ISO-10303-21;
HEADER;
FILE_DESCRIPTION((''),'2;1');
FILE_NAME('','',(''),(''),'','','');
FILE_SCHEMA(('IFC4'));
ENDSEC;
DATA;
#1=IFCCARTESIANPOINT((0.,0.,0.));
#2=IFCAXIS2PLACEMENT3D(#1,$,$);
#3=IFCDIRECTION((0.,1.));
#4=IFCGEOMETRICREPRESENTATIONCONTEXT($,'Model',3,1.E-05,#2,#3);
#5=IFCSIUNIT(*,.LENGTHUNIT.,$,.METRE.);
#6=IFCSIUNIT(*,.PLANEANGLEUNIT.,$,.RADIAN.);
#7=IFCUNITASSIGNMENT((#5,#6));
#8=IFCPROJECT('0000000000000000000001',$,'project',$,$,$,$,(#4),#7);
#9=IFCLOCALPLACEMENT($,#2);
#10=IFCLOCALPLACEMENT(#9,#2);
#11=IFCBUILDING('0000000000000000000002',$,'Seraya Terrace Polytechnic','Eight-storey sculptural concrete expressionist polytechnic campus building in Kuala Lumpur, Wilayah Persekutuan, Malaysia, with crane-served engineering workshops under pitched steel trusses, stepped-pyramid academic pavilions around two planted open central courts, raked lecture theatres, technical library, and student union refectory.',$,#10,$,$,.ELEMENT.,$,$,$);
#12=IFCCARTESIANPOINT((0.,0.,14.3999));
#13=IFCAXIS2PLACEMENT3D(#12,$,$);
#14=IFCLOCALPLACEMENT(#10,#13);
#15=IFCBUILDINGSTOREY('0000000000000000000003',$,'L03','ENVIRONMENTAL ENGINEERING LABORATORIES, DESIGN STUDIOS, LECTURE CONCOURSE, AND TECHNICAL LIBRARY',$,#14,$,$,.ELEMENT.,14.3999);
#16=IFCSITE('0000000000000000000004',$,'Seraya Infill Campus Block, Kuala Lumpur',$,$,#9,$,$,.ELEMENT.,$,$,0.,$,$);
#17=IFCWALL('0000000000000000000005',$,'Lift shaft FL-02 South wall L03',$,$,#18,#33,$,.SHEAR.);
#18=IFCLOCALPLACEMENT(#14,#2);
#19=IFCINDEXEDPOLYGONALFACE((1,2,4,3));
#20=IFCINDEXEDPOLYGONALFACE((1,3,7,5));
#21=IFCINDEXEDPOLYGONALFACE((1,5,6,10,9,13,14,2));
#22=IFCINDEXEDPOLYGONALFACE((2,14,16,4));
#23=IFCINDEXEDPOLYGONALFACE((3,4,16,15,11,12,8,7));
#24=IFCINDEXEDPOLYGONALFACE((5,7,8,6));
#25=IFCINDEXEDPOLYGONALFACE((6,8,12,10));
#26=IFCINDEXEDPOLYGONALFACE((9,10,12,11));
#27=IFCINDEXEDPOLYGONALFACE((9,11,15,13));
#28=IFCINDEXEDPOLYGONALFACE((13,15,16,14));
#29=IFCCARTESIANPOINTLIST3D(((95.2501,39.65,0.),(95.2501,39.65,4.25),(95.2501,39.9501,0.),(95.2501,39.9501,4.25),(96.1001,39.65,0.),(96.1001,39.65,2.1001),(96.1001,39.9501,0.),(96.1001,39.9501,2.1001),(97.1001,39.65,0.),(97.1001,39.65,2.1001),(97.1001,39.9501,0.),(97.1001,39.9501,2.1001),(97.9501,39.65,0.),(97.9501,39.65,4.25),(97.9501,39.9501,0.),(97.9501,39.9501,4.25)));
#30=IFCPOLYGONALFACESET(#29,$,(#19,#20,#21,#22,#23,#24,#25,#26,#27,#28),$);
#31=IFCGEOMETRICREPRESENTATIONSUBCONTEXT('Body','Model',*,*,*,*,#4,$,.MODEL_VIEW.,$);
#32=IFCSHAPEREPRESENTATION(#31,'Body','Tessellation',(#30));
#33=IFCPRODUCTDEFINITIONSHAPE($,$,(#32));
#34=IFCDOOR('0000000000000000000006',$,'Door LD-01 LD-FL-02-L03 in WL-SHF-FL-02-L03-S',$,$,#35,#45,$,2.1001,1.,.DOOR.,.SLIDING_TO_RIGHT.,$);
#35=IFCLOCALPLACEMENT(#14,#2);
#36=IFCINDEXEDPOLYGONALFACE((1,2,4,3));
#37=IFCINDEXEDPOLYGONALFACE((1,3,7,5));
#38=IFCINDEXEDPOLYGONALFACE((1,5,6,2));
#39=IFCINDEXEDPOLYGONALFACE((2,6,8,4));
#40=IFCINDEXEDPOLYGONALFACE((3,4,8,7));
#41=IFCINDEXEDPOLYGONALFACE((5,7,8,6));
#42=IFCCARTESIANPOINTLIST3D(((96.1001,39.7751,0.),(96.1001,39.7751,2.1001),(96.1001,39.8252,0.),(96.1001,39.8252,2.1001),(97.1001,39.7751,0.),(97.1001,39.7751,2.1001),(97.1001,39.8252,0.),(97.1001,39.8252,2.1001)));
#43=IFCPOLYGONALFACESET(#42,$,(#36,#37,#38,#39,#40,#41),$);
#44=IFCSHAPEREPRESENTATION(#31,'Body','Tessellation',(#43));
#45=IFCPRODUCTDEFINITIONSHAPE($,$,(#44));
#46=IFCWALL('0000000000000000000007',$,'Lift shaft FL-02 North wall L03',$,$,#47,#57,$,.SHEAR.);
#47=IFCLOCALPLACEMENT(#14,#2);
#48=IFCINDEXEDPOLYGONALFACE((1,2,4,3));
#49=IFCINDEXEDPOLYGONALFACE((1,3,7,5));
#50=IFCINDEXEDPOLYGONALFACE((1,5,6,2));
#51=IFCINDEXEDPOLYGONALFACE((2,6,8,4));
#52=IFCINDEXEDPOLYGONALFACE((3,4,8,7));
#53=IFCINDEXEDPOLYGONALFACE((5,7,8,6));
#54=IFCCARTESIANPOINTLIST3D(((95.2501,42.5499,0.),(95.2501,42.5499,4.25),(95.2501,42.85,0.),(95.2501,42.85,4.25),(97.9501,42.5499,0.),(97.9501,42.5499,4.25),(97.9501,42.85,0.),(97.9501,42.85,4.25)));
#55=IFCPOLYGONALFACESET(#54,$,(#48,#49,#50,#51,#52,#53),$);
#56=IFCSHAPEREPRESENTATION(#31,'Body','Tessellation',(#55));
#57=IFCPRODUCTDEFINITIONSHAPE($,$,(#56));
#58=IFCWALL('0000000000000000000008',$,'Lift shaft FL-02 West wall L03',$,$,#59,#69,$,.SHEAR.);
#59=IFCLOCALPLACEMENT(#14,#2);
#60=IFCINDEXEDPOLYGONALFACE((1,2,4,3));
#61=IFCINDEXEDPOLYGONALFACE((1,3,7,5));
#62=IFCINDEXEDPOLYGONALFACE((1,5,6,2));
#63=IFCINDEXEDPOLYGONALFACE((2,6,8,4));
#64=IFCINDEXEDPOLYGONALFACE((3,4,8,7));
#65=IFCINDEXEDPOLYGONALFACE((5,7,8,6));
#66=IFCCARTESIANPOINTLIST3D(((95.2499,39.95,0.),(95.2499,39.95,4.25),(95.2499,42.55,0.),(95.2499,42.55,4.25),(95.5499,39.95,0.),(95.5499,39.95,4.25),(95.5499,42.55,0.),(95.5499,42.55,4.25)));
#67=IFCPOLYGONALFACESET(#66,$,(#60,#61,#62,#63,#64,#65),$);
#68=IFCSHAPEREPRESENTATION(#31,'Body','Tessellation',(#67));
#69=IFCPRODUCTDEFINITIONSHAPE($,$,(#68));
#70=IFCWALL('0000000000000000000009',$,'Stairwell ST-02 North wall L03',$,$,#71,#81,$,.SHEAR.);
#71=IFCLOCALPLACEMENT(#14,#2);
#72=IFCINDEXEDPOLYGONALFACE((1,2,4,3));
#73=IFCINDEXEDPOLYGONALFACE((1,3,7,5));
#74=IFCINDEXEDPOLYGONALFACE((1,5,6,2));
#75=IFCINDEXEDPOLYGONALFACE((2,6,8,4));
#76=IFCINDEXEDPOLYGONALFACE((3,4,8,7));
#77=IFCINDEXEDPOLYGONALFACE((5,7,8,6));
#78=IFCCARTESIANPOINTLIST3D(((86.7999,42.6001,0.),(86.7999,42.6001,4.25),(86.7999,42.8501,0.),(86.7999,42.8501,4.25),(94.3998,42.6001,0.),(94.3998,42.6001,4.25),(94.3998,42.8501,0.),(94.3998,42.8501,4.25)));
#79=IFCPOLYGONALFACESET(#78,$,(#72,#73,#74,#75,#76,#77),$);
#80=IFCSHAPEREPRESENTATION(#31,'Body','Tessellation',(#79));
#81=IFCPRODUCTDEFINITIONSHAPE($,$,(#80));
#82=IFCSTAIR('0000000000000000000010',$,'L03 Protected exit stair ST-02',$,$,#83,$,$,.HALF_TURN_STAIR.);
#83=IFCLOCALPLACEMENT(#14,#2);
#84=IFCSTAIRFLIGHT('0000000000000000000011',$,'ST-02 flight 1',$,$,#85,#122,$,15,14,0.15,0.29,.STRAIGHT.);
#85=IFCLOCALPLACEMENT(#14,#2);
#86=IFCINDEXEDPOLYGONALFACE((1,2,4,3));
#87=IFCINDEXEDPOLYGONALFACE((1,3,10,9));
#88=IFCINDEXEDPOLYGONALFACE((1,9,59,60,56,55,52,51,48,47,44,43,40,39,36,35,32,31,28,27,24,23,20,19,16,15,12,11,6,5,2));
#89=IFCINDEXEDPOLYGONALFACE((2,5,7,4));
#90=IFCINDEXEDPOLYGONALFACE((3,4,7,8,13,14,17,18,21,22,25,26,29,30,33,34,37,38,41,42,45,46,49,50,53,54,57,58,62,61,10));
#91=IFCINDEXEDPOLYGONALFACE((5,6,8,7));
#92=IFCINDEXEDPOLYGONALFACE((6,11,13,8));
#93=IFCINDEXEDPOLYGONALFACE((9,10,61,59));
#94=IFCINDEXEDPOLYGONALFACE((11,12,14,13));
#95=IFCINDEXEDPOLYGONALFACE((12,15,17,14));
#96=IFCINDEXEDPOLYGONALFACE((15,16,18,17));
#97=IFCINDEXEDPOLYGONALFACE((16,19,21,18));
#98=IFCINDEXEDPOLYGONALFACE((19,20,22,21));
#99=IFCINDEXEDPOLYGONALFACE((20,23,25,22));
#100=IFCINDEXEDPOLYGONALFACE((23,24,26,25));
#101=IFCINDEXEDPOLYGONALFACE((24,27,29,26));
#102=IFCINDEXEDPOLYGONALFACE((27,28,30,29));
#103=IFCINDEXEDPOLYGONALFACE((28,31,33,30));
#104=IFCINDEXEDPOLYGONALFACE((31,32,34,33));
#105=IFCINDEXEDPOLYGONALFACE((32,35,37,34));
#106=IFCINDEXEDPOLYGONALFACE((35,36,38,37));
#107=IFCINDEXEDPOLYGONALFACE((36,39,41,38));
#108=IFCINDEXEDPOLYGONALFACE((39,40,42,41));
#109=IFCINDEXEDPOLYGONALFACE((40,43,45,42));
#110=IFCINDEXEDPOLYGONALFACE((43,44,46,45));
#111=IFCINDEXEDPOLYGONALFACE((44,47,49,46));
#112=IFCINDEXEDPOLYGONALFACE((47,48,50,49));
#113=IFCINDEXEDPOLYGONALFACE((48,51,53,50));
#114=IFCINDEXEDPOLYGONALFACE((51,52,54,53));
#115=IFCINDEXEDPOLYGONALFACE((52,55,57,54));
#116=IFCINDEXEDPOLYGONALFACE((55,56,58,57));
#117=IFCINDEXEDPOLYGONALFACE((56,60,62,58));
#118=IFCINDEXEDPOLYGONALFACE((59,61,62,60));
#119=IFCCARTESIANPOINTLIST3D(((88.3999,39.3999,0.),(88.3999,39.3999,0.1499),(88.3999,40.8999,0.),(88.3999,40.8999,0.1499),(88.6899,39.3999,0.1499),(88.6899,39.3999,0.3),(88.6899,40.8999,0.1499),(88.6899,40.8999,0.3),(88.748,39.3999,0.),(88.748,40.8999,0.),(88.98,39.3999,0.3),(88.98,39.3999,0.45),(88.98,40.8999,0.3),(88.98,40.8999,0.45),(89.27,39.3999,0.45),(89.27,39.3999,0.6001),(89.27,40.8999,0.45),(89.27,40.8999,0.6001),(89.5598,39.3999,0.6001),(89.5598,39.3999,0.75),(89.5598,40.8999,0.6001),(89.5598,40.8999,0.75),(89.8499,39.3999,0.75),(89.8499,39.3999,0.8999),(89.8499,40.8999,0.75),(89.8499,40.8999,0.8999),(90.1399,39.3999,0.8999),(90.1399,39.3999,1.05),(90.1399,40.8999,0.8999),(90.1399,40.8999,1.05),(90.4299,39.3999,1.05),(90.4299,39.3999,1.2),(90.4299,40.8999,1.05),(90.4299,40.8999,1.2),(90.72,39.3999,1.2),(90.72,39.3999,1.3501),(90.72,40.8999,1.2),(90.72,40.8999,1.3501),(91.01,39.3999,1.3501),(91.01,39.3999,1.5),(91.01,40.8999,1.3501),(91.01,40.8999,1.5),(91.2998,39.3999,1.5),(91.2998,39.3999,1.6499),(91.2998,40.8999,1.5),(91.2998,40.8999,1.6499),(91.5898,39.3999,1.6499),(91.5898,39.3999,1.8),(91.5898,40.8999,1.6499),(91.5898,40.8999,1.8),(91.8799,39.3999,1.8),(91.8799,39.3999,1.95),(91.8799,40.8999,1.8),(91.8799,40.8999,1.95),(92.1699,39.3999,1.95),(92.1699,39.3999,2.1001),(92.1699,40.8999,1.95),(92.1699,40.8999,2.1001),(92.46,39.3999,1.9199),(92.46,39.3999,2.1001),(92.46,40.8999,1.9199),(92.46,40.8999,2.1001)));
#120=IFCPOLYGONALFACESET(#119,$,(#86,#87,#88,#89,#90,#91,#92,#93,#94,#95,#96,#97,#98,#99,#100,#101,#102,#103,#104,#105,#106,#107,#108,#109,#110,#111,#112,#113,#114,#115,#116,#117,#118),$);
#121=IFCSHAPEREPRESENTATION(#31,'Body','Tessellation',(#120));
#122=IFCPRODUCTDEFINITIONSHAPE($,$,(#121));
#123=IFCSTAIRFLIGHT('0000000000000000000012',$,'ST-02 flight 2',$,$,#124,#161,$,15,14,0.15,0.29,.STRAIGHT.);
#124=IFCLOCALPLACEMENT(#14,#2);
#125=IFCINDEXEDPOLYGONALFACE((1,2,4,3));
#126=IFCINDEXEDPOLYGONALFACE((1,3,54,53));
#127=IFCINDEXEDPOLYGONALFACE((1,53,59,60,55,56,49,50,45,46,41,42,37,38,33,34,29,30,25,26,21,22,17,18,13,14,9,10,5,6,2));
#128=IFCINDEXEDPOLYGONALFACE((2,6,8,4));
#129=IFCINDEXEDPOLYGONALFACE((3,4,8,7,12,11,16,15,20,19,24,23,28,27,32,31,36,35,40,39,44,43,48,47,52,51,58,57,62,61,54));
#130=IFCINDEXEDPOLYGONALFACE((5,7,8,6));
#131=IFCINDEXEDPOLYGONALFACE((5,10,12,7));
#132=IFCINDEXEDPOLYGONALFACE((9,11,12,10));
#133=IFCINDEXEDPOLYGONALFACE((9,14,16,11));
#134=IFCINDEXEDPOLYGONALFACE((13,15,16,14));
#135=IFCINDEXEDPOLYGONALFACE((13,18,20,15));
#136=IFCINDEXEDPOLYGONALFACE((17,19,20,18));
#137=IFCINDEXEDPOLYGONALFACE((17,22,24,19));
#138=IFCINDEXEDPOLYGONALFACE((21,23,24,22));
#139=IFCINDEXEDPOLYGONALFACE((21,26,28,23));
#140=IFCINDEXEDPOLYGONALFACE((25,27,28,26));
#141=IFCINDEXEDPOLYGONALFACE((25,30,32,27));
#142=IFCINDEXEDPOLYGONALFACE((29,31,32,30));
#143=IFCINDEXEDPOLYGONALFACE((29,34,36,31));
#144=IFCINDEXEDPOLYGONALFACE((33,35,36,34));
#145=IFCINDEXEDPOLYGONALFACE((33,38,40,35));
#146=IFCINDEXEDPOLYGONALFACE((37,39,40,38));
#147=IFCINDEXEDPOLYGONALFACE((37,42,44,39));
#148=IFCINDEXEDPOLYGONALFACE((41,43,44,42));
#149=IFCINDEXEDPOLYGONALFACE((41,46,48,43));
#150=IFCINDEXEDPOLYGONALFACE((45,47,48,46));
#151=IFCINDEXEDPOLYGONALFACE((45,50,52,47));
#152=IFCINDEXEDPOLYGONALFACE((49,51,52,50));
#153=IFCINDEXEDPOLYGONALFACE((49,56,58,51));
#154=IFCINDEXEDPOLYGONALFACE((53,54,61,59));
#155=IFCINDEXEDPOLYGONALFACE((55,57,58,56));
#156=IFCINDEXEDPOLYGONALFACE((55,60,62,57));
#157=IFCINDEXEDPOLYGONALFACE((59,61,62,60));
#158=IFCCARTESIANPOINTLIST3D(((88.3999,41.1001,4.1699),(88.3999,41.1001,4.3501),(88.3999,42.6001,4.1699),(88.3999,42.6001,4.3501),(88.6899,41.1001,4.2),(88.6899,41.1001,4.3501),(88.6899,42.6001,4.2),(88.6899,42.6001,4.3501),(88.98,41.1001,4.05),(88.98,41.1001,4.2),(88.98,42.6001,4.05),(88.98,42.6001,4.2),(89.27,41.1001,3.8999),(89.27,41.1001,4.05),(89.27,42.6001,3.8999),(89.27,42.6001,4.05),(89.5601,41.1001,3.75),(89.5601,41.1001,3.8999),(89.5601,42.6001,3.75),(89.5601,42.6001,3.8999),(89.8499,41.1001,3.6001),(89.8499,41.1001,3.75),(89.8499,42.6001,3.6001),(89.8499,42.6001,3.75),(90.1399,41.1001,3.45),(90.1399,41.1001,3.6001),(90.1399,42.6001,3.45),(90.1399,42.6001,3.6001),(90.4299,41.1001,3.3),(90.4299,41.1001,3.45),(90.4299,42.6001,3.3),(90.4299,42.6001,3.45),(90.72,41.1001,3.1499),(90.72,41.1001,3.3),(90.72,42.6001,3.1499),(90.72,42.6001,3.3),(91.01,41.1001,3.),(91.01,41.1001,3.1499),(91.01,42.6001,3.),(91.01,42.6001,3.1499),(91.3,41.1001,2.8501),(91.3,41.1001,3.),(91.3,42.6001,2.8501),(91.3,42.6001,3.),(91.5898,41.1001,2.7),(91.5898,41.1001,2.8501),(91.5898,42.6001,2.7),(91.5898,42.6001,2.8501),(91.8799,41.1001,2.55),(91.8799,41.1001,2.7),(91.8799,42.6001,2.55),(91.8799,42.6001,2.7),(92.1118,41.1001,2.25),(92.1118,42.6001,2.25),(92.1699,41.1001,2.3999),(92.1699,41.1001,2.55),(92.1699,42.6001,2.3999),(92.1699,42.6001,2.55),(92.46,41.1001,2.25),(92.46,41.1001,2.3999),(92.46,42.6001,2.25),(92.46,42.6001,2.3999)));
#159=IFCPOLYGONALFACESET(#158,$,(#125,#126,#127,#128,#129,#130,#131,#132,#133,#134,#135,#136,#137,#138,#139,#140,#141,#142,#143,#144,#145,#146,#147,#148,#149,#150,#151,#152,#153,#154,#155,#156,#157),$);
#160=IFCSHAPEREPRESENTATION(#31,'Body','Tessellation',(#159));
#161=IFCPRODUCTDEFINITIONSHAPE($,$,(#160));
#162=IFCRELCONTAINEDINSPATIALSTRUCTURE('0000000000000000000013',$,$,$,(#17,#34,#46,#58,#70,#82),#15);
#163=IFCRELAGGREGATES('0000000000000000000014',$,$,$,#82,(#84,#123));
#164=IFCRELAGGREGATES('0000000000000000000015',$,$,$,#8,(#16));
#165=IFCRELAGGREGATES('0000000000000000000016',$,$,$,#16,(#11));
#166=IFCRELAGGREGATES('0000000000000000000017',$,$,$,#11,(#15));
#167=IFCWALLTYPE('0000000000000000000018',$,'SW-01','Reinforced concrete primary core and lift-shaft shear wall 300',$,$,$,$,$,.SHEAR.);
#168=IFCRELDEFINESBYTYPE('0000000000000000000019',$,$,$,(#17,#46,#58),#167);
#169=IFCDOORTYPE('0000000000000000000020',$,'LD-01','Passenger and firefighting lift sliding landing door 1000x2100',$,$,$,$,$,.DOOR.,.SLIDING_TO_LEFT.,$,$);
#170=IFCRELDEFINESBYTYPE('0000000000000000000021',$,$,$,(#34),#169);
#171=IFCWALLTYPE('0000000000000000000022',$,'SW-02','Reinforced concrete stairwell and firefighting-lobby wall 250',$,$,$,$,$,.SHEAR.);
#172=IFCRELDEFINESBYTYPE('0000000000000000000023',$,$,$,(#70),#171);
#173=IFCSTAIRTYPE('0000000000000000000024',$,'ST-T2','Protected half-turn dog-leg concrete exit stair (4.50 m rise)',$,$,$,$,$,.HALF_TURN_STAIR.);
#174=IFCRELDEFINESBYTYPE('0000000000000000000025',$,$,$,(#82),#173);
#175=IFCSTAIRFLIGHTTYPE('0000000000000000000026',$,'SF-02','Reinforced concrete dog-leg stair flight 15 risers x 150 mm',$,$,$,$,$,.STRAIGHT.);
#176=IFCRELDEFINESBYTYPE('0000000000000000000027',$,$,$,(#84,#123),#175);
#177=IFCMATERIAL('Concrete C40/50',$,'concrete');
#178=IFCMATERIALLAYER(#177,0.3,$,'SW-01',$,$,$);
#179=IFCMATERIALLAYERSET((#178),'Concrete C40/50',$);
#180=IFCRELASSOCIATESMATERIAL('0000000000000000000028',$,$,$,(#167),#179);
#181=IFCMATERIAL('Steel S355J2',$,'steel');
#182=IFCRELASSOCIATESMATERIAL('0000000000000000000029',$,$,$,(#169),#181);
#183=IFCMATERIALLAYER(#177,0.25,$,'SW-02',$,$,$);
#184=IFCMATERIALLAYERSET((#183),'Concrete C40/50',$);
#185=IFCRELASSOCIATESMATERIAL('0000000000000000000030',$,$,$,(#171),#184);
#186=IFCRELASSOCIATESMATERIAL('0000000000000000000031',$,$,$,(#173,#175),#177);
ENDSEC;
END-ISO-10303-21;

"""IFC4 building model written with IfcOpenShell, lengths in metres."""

from ifc_helpers import new_model, si_unit, direction, frame, frame_2d, origin, place, context, subcontext, project, spatial, polyline, rectangle, outline, extrude, material, layer, layer_set, type_object, element, fill, aggregate, save


model = new_model("IFC4")

# Units and contexts
model_context = context("Model", 3, precision=1e-05, world=origin(), true_north=direction((0.0, 1.0)))
body_context = subcontext(model_context, "Body", "Model", "MODEL_VIEW")
ifc_project = project(units=[si_unit("LENGTHUNIT", "METRE"), si_unit("PLANEANGLEUNIT", "RADIAN")], contexts=[model_context])

# Site, building, storey
site_placement = place(None, origin())
site = spatial("IfcSite", under=ifc_project, at=site_placement, Name="Seraya Infill Campus Block, Kuala Lumpur", CompositionType="ELEMENT", RefElevation=0.0)
building_placement = place(site_placement, origin())
building = spatial("IfcBuilding", under=site, at=building_placement, Name="Seraya Terrace Polytechnic", Description="Eight-storey sculptural concrete expressionist polytechnic campus building in Kuala Lumpur, Wilayah Persekutuan, Malaysia, with crane-served engineering workshops under pitched steel trusses, stepped-pyramid academic pavilions around two planted open central courts, raked lecture theatres, technical library, and student union refectory.", CompositionType="ELEMENT")
storey_placement = place(building_placement, frame((0.0, 0.0, 14.3999)))
storey = spatial("IfcBuildingStorey", under=building, at=storey_placement, Name="L03", Description="ENVIRONMENTAL ENGINEERING LABORATORIES, DESIGN STUDIOS, LECTURE CONCOURSE, AND TECHNICAL LIBRARY", CompositionType="ELEMENT", Elevation=14.3999)

# Shared definitions
ifc_material_1 = material(Name="Concrete C40/50", Category="concrete")

# Wall, opening, door
ifc_layer_1 = layer(ifc_material_1, 0.3, Name="SW-01")
ifc_layer_set_1 = layer_set([ifc_layer_1], Name="Concrete C40/50")
wall_type_1 = type_object("IfcWallType", Name="SW-01", Description="Reinforced concrete primary core and lift-shaft shear wall 300", PredefinedType="SHEAR", material=ifc_layer_set_1)
wall_1_placement = place(storey_placement, frame((95.25, 39.8, 0.0), z_axis=(0.0, 0.0, 1.0), x_axis=(1.0, 0.0, 0.0)))
wall_1 = element("IfcWall", 1, at=wall_1_placement, inside=storey, type_object=wall_type_1, Name="Lift shaft FL-02 South wall L03", PredefinedType="SHEAR", context=body_context, shape_type="SweptSolid", body=[
    extrude(rectangle(XDim=2.7, YDim=0.3, at=frame_2d((1.3501, 0.0))), origin(), (0.0, 0.0, 1.0), 4.25),
])
opening_placement = place(wall_1_placement, frame((0.8501, 0.0, 0.0)))
opening = element("IfcOpeningElement", 2, at=opening_placement, cuts=wall_1, PredefinedType="OPENING", context=body_context, shape_type="SweptSolid", body=[
    extrude(rectangle(XDim=1.0, YDim=2.1001, at=frame_2d((0.5, 1.05))), frame((0.0, 0.1621, 0.0), z_axis=(0.0, -1.0, 0.0), x_axis=(1.0, 0.0, 0.0)), (0.0, 0.0, 1.0), 0.324),
])
ifc_material_2 = material(Name="Steel S355J2", Category="steel")
door_type = type_object("IfcDoorType", Name="LD-01", Description="Passenger and firefighting lift sliding landing door 1000x2100", OperationType="SLIDING_TO_LEFT", PredefinedType="DOOR", material=ifc_material_2)
door_placement = place(opening_placement, frame((1.0, 0.0, 0.0), z_axis=(0.0, 0.0, 1.0), x_axis=(-1.0, 0.0, 0.0)))
door = element("IfcDoor", 3, at=door_placement, inside=storey, type_object=door_type, Name="Door LD-01 LD-FL-02-L03 in WL-SHF-FL-02-L03-S", OperationType="SLIDING_TO_RIGHT", OverallHeight=2.1001, OverallWidth=1.0, PredefinedType="DOOR", context=body_context, shape_type="SweptSolid", body=[
    extrude(rectangle(XDim=1.0, YDim=2.1001, at=frame_2d((0.5, 1.05))), frame((0.0, 0.0249, 0.0), z_axis=(0.0, -1.0, 0.0), x_axis=(1.0, 0.0, 0.0)), (0.0, 0.0, 1.0), 0.05),
])
fill(opening, door)

# Walls
wall_2_placement = place(storey_placement, frame((95.25, 42.7, 0.0), z_axis=(0.0, 0.0, 1.0), x_axis=(1.0, 0.0, 0.0)))
element("IfcWall", 4, at=wall_2_placement, inside=storey, type_object=wall_type_1, Name="Lift shaft FL-02 North wall L03", PredefinedType="SHEAR", context=body_context, shape_type="SweptSolid", body=[
    extrude(rectangle(XDim=2.7, YDim=0.3, at=frame_2d((1.3501, 0.0))), origin(), (0.0, 0.0, 1.0), 4.25),
])
wall_3_placement = place(storey_placement, frame((95.3999, 39.95, 0.0), z_axis=(0.0, 0.0, 1.0), x_axis=(0.0, 1.0, 0.0)))
element("IfcWall", 5, at=wall_3_placement, inside=storey, type_object=wall_type_1, Name="Lift shaft FL-02 West wall L03", PredefinedType="SHEAR", context=body_context, shape_type="SweptSolid", body=[
    extrude(rectangle(XDim=2.6001, YDim=0.3, at=frame_2d((1.3, 0.0))), origin(), (0.0, 0.0, 1.0), 4.25),
])
ifc_layer_2 = layer(ifc_material_1, 0.25, Name="SW-02")
ifc_layer_set_2 = layer_set([ifc_layer_2], Name="Concrete C40/50")
wall_type_2 = type_object("IfcWallType", Name="SW-02", Description="Reinforced concrete stairwell and firefighting-lobby wall 250", PredefinedType="SHEAR", material=ifc_layer_set_2)
wall_4_placement = place(storey_placement, frame((86.8, 42.7251, 0.0), z_axis=(0.0, 0.0, 1.0), x_axis=(1.0, 0.0, 0.0)))
element("IfcWall", 6, at=wall_4_placement, inside=storey, type_object=wall_type_2, Name="Stairwell ST-02 North wall L03", PredefinedType="SHEAR", context=body_context, shape_type="SweptSolid", body=[
    extrude(rectangle(XDim=7.5999, YDim=0.25, at=frame_2d((3.7998, 0.0))), origin(), (0.0, 0.0, 1.0), 4.25),
])

# Stair, stair flights
stair_type = type_object("IfcStairType", Name="ST-T2", Description="Protected half-turn dog-leg concrete exit stair (4.50 m rise)", PredefinedType="HALF_TURN_STAIR", material=ifc_material_1)
stair_placement = place(storey_placement, origin())
stair = element("IfcStair", 7, at=stair_placement, inside=storey, type_object=stair_type, Name="L03 Protected exit stair ST-02", PredefinedType="HALF_TURN_STAIR")
stair_flight_type = type_object("IfcStairFlightType", Name="SF-02", Description="Reinforced concrete dog-leg stair flight 15 risers x 150 mm", PredefinedType="STRAIGHT", material=ifc_material_1)
stair_flight_1_placement = place(storey_placement, frame((88.3999, 40.1499, 0.0), z_axis=(0.0, 0.0, 1.0), x_axis=(1.0, 0.0, 0.0)))
stair_flight_1 = element("IfcStairFlight", 8, at=stair_flight_1_placement, type_object=stair_flight_type, Name="ST-02 flight 1", NumberOfRisers=15, NumberOfTreads=14, PredefinedType="STRAIGHT", RiserHeight=0.15, TreadLength=0.29, context=body_context, shape_type="SweptSolid", body=[
    extrude(outline(polyline([(0.0, 0.0), (0.0, 0.1499), (0.29, 0.1499), (0.29, 0.3), (0.5801, 0.3), (0.5801, 0.45), (0.8701, 0.45), (0.8701, 0.6001), (1.1599, 0.6001), (1.1599, 0.75), (1.45, 0.75), (1.45, 0.8999), (1.74, 0.8999), (1.74, 1.05), (2.03, 1.05), (2.03, 1.2), (2.3201, 1.2), (2.3201, 1.3501), (2.6101, 1.3501), (2.6101, 1.5), (2.8999, 1.5), (2.8999, 1.6499), (3.1899, 1.6499), (3.1899, 1.8), (3.48, 1.8), (3.48, 1.95), (3.77, 1.95), (3.77, 2.1001), (4.0601, 2.1001), (4.0601, 2.25), (4.0601, 1.9199), (0.3481, 0.0), (0.0, 0.0)])), frame((0.0, 0.75, 0.0), z_axis=(0.0, -1.0, 0.0), x_axis=(1.0, 0.0, 0.0)), (0.0, 0.0, 1.0), 1.5),
])
stair_flight_2_placement = place(storey_placement, frame((92.46, 41.8501, 2.25), z_axis=(0.0, 0.0, 1.0), x_axis=(-1.0, 0.0, 0.0)))
stair_flight_2 = element("IfcStairFlight", 9, at=stair_flight_2_placement, type_object=stair_flight_type, Name="ST-02 flight 2", NumberOfRisers=15, NumberOfTreads=14, PredefinedType="STRAIGHT", RiserHeight=0.15, TreadLength=0.29, context=body_context, shape_type="SweptSolid", body=[
    extrude(outline(polyline([(0.0, 0.0), (0.0, 0.1499), (0.29, 0.1499), (0.29, 0.3), (0.5801, 0.3), (0.5801, 0.45), (0.8701, 0.45), (0.8701, 0.6001), (1.1599, 0.6001), (1.1599, 0.75), (1.45, 0.75), (1.45, 0.8999), (1.74, 0.8999), (1.74, 1.05), (2.03, 1.05), (2.03, 1.2), (2.3201, 1.2), (2.3201, 1.3501), (2.6101, 1.3501), (2.6101, 1.5), (2.8999, 1.5), (2.8999, 1.6499), (3.1899, 1.6499), (3.1899, 1.8), (3.48, 1.8), (3.48, 1.95), (3.77, 1.95), (3.77, 2.1001), (4.0601, 2.1001), (4.0601, 2.25), (4.0601, 1.9199), (0.3481, 0.0), (0.0, 0.0)])), frame((0.0, 0.75, 0.0), z_axis=(0.0, -1.0, 0.0), x_axis=(1.0, 0.0, 0.0)), (0.0, 0.0, 1.0), 1.5),
])
aggregate(stair, [stair_flight_1, stair_flight_2])

save(model, "model.ifc")
